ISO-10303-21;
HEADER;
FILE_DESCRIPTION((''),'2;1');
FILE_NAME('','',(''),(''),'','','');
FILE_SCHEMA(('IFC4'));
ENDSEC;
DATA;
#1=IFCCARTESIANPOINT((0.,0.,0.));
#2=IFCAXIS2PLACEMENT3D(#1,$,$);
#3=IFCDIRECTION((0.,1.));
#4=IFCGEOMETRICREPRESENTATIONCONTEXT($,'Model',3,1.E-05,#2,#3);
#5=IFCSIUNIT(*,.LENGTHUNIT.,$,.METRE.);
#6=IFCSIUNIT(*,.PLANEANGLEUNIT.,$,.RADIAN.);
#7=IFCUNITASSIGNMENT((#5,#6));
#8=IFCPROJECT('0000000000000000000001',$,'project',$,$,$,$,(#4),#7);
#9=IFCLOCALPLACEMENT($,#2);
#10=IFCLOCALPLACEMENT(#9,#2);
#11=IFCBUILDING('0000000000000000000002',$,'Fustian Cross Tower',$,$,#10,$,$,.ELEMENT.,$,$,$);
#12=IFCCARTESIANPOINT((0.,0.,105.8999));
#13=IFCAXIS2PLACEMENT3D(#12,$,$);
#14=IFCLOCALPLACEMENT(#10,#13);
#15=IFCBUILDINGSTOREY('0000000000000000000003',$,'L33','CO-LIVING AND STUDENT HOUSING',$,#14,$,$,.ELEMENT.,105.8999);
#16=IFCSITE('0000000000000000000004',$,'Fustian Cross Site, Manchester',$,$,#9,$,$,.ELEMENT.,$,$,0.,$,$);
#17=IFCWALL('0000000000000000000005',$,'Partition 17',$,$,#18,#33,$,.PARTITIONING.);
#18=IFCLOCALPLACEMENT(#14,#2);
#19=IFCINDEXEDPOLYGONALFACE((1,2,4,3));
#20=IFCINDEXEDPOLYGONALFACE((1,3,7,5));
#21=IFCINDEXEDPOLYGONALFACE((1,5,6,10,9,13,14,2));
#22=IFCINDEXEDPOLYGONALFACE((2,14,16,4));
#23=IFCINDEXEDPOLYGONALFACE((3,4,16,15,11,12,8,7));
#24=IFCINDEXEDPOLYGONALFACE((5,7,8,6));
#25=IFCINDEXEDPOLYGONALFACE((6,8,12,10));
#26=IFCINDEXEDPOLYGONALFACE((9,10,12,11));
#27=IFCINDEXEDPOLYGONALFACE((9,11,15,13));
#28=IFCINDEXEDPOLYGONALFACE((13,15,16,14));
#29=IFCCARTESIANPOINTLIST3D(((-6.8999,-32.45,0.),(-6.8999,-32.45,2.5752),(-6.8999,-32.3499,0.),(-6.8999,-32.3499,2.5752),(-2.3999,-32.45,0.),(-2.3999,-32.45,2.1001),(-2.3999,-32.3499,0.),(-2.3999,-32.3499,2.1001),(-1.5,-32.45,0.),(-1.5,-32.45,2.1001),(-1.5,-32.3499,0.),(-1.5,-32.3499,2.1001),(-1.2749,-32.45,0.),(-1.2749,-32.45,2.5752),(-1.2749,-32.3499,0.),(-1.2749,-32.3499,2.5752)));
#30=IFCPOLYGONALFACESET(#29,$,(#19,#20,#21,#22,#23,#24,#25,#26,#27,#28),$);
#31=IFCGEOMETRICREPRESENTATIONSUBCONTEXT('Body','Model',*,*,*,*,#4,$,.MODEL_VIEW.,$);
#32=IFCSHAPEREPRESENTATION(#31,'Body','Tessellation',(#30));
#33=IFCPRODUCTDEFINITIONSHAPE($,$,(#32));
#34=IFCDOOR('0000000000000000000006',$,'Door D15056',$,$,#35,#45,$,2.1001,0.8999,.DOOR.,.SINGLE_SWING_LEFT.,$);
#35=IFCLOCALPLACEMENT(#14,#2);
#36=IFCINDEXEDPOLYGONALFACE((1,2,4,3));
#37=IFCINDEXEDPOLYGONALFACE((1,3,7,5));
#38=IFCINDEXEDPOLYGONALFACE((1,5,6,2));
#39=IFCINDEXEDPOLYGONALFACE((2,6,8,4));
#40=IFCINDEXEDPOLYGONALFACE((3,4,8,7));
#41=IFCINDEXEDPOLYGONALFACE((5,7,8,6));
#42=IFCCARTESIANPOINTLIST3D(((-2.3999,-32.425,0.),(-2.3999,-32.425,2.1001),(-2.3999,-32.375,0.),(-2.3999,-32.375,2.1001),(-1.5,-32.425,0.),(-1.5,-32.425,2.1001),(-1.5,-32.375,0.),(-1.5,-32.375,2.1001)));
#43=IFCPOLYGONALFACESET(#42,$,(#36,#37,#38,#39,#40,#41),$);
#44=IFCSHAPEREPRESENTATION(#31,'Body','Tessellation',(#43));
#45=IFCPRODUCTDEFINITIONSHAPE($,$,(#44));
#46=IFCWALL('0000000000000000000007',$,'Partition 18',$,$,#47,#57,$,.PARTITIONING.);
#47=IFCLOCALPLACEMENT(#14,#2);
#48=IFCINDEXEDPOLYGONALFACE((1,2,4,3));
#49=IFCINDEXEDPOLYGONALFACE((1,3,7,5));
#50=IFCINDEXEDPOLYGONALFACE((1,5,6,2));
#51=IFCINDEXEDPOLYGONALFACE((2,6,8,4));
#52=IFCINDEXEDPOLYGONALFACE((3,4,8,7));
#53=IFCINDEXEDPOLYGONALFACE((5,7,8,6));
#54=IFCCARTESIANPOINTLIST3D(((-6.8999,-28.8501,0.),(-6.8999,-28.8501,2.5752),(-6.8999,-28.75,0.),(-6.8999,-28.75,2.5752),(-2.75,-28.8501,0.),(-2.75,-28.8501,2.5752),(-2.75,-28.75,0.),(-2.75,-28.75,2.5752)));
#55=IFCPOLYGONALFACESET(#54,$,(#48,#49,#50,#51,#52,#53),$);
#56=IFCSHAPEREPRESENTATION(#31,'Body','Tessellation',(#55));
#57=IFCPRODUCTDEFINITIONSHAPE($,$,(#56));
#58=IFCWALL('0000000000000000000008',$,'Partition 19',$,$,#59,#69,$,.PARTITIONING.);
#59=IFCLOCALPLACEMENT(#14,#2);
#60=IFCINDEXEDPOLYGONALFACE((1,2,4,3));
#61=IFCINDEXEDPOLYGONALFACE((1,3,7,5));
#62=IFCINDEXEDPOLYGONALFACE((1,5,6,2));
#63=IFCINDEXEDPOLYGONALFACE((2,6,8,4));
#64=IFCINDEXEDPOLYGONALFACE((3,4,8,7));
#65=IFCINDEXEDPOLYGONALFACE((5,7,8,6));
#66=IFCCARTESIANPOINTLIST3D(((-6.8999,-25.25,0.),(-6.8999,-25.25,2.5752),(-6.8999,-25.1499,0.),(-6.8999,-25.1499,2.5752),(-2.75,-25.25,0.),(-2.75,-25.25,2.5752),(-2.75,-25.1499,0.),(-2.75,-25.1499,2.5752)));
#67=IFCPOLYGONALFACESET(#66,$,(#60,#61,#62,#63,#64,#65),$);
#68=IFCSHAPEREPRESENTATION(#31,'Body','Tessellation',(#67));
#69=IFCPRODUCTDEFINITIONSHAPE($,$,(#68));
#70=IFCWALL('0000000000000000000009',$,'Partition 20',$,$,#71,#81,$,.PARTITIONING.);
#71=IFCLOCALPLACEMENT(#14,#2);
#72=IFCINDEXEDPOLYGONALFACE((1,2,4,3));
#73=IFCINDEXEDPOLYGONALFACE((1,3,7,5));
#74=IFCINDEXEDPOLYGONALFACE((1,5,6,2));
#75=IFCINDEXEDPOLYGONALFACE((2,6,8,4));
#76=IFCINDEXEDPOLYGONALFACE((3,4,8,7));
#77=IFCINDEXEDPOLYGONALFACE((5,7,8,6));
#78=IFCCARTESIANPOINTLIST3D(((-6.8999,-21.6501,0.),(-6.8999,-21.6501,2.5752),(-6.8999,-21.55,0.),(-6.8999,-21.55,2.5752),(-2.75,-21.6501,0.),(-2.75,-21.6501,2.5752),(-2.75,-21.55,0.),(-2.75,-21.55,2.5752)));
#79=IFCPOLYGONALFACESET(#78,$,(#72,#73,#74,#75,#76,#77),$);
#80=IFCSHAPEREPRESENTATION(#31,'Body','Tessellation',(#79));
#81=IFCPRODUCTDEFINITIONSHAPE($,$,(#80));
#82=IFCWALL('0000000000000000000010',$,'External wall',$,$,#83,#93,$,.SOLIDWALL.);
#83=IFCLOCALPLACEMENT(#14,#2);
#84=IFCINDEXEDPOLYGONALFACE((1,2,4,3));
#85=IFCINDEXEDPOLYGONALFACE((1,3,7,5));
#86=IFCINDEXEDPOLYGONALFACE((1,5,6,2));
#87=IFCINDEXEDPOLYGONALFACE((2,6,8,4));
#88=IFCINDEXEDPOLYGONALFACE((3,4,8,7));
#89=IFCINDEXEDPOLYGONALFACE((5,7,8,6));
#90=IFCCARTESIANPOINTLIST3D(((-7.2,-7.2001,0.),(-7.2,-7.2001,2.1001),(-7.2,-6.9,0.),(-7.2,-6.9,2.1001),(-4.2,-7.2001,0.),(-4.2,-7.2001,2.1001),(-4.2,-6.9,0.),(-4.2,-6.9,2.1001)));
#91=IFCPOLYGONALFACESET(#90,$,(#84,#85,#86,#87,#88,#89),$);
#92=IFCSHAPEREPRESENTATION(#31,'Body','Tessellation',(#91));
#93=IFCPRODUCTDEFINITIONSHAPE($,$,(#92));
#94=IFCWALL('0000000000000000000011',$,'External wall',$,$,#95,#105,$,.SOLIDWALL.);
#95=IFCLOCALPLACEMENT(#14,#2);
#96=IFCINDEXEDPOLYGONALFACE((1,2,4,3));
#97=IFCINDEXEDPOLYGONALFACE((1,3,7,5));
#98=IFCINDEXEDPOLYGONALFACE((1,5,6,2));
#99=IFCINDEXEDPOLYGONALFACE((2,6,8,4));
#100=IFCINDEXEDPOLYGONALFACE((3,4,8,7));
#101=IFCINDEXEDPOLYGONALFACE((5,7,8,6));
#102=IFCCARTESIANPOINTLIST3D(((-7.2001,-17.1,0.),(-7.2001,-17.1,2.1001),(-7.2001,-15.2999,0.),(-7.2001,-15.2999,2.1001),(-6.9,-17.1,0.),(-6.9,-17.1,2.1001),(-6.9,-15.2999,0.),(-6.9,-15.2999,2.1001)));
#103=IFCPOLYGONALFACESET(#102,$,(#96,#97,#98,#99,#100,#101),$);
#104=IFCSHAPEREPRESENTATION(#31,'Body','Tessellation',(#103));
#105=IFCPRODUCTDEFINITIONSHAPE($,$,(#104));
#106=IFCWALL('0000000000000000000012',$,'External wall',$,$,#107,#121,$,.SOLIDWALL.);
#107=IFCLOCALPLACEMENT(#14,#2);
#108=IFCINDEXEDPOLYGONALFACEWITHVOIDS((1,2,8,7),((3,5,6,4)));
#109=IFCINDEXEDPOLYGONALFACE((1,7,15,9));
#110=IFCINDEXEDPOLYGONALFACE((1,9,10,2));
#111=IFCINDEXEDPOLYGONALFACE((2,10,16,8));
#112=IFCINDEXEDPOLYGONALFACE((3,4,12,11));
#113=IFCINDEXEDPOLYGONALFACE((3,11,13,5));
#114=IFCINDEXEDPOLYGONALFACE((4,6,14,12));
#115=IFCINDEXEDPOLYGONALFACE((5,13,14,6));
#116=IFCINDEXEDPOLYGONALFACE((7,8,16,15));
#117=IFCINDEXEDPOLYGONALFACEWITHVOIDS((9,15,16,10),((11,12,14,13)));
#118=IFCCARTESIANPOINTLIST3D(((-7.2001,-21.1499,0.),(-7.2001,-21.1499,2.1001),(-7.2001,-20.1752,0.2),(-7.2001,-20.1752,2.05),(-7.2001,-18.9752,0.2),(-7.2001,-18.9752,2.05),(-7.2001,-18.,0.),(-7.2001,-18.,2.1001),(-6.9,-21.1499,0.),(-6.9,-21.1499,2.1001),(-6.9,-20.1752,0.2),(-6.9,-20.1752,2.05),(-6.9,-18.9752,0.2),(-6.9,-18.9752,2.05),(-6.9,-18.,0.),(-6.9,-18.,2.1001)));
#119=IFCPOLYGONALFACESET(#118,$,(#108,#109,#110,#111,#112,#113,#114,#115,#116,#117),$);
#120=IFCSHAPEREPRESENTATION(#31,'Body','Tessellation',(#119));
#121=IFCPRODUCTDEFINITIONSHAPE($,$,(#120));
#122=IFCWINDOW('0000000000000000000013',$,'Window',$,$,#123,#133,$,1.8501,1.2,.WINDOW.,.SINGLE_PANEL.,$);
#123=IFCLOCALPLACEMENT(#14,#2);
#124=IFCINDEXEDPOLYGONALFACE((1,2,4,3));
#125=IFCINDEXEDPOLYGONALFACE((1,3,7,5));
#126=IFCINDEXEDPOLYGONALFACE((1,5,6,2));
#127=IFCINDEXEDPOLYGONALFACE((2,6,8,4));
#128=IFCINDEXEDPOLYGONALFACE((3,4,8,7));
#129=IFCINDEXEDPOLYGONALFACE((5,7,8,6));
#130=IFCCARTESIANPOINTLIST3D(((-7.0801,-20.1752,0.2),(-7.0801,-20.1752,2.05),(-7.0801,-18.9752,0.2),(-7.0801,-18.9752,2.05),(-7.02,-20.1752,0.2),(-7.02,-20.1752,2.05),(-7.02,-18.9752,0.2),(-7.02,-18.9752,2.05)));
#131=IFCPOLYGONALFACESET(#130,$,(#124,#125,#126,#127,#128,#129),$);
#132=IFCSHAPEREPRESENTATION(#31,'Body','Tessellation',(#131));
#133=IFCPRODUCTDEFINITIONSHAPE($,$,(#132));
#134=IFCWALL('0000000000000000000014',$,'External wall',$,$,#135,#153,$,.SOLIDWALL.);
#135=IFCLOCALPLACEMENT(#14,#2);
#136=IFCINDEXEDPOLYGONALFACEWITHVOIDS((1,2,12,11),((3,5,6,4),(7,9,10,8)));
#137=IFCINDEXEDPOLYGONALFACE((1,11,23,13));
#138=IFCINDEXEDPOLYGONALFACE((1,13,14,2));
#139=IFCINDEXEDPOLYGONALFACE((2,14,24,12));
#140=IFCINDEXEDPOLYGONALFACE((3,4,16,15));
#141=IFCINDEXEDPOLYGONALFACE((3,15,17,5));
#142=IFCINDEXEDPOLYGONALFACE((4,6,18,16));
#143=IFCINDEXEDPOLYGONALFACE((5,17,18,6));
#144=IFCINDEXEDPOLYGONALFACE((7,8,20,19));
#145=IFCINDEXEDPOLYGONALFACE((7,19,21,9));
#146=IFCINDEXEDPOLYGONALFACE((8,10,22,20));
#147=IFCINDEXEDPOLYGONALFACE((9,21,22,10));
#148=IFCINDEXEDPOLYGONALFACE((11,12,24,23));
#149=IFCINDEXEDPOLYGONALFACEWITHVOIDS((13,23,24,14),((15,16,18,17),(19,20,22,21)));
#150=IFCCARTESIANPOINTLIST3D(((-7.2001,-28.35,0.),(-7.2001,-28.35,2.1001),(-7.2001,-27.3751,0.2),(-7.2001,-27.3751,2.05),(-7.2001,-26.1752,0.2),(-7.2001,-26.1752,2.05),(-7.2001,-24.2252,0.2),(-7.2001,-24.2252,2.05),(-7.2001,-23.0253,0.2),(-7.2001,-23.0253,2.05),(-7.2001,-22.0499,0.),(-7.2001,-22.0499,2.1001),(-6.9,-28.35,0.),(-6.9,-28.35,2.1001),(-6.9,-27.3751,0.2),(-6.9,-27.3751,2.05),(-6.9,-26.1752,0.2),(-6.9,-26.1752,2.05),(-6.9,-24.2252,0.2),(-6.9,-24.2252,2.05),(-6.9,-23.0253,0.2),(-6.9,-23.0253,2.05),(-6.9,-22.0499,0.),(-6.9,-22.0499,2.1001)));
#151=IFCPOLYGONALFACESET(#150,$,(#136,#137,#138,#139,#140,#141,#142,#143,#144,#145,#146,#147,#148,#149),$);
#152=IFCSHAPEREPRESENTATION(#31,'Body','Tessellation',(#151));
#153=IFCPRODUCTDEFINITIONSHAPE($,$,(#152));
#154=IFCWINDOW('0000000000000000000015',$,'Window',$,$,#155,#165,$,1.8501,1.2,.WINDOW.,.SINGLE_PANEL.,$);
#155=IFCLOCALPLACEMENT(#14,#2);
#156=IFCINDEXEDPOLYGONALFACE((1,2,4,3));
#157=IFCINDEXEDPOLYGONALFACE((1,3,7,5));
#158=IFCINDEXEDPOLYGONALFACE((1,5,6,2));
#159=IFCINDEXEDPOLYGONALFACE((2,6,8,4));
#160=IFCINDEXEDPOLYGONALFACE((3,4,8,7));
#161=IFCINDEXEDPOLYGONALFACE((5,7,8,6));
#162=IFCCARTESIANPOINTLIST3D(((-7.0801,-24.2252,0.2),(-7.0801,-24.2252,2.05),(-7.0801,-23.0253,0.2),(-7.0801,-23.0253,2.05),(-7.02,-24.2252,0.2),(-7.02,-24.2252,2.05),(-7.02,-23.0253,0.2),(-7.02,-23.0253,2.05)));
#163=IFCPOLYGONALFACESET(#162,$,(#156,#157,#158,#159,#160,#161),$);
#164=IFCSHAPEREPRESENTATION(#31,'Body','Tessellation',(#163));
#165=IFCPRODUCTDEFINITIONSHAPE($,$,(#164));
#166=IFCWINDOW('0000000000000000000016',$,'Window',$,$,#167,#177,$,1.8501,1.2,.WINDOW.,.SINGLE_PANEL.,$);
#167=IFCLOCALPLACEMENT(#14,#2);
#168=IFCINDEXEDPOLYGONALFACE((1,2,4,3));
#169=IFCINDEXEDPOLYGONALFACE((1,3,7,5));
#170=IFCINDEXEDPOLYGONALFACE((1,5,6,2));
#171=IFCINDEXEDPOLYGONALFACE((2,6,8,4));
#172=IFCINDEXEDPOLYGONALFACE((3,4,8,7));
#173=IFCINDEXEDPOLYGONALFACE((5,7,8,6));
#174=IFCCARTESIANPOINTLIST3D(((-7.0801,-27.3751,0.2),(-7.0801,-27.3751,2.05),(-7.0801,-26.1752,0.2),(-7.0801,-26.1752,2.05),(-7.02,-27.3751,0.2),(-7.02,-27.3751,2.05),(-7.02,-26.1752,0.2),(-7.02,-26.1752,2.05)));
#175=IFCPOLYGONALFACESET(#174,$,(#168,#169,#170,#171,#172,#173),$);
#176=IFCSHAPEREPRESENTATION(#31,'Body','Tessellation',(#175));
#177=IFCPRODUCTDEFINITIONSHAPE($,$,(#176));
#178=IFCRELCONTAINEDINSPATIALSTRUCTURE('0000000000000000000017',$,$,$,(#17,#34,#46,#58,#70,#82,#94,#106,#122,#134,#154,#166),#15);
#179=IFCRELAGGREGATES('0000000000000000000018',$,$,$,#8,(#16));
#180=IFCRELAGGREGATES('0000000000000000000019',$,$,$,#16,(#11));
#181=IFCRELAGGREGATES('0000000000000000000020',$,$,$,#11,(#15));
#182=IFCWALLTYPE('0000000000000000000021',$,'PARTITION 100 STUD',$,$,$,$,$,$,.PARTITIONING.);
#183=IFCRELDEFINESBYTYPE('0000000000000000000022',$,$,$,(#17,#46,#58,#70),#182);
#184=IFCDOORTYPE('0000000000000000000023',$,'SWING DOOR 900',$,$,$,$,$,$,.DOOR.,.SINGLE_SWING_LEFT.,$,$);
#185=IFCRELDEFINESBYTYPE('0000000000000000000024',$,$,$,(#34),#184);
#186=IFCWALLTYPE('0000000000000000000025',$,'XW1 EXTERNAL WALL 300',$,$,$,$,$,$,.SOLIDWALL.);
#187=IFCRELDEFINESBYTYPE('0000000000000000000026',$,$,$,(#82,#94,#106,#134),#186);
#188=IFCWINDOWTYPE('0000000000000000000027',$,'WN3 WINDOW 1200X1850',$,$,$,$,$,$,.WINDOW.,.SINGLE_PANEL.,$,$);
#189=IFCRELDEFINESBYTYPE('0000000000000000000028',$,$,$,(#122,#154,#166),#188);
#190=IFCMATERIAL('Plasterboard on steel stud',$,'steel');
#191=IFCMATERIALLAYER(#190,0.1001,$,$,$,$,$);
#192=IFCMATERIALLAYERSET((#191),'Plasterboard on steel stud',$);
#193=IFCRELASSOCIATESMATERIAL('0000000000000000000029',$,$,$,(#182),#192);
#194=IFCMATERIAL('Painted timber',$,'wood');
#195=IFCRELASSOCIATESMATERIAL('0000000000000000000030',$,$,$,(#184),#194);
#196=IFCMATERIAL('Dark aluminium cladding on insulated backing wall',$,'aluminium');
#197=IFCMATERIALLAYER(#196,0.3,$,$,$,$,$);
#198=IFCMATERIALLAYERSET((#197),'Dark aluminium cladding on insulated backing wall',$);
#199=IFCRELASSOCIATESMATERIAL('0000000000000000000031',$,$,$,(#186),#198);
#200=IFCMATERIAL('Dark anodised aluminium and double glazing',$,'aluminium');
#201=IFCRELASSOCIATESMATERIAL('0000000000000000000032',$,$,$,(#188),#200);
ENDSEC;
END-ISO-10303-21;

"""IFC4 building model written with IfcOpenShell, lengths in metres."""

from ifc_helpers import new_model, si_unit, direction, frame, frame_2d, origin, place, context, subcontext, project, spatial, rectangle, extrude, material, layer, layer_set, type_object, element, fill, save


model = new_model("IFC4")

# Units and contexts
model_context = context("Model", 3, precision=1e-05, world=origin(), true_north=direction((0.0, 1.0)))
body_context = subcontext(model_context, "Body", "Model", "MODEL_VIEW")
ifc_project = project(units=[si_unit("LENGTHUNIT", "METRE"), si_unit("PLANEANGLEUNIT", "RADIAN")], contexts=[model_context])

# Site, building, storey
site_placement = place(None, origin())
site = spatial("IfcSite", under=ifc_project, at=site_placement, Name="Fustian Cross Site, Manchester", CompositionType="ELEMENT", RefElevation=0.0)
building_placement = place(site_placement, origin())
building = spatial("IfcBuilding", under=site, at=building_placement, Name="Fustian Cross Tower", CompositionType="ELEMENT")
storey_placement = place(building_placement, frame((0.0, 0.0, 105.8999)))
storey = spatial("IfcBuildingStorey", under=building, at=storey_placement, Name="L33", Description="CO-LIVING AND STUDENT HOUSING", CompositionType="ELEMENT", Elevation=105.8999)

# Shared definitions
ifc_material_1 = material(Name="Plasterboard on steel stud", Category="steel")
ifc_layer_1 = layer(ifc_material_1, 0.1001)
ifc_layer_set_1 = layer_set([ifc_layer_1], Name="Plasterboard on steel stud")
wall_type_1 = type_object("IfcWallType", Name="PARTITION 100 STUD", PredefinedType="PARTITIONING", material=ifc_layer_set_1)

# Wall, opening, door
wall_1_placement = place(storey_placement, frame((-6.8999, -32.3999, 0.0), z_axis=(0.0, 0.0, 1.0), x_axis=(1.0, 0.0, 0.0)))
wall_1 = element("IfcWall", 1, at=wall_1_placement, inside=storey, type_object=wall_type_1, Name="Partition 17", PredefinedType="PARTITIONING", context=body_context, shape_type="SweptSolid", body=[
    extrude(rectangle(XDim=5.625, YDim=0.1001, at=frame_2d((2.8125, 0.0))), origin(), (0.0, 0.0, 1.0), 2.5752),
])
opening_1_placement = place(wall_1_placement, frame((4.5, 0.0, 0.0)))
opening_1 = element("IfcOpeningElement", 2, at=opening_1_placement, cuts=wall_1, PredefinedType="OPENING", context=body_context, shape_type="SweptSolid", body=[
    extrude(rectangle(XDim=0.8999, YDim=2.1001, at=frame_2d((0.45, 1.05))), frame((0.0, 0.0601, 0.0), z_axis=(0.0, -1.0, 0.0), x_axis=(1.0, 0.0, 0.0)), (0.0, 0.0, 1.0), 0.1201),
])
ifc_material_2 = material(Name="Painted timber", Category="wood")
door_type_1 = type_object("IfcDoorType", Name="SWING DOOR 900", OperationType="SINGLE_SWING_LEFT", PredefinedType="DOOR", material=ifc_material_2)
door_1_placement = place(opening_1_placement, origin())
door_1 = element("IfcDoor", 3, at=door_1_placement, inside=storey, type_object=door_type_1, Name="Door D15056", OperationType="SINGLE_SWING_LEFT", OverallHeight=2.1001, OverallWidth=0.8999, PredefinedType="DOOR", context=body_context, shape_type="SweptSolid", body=[
    extrude(rectangle(XDim=0.8999, YDim=2.1001, at=frame_2d((0.45, 1.05))), frame((0.0, 0.0249, 0.0), z_axis=(0.0, -1.0, 0.0), x_axis=(1.0, 0.0, 0.0)), (0.0, 0.0, 1.0), 0.05),
])
fill(opening_1, door_1)

# Walls
for number, where, z_axis, x_axis, name in (
    (4, (-6.8999, -28.8, 0.0), (0.0, 0.0, 1.0), (1.0, 0.0, 0.0), "Partition 18"),
    (5, (-6.8999, -25.2, 0.0), (0.0, 0.0, 1.0), (1.0, 0.0, 0.0), "Partition 19"),
    (6, (-6.8999, -21.6001, 0.0), (0.0, 0.0, 1.0), (1.0, 0.0, 0.0), "Partition 20"),
):
    element("IfcWall", number, at=place(storey_placement, frame(where, z_axis=z_axis, x_axis=x_axis)), inside=storey, type_object=wall_type_1, Name=name, PredefinedType="PARTITIONING", context=body_context, shape_type="SweptSolid", body=[
        extrude(rectangle(XDim=4.1499, YDim=0.1001, at=frame_2d((2.075, 0.0))), origin(), (0.0, 0.0, 1.0), 2.5752),
    ])
ifc_material_3 = material(Name="Dark aluminium cladding on insulated backing wall", Category="aluminium")
ifc_layer_2 = layer(ifc_material_3, 0.3)
ifc_layer_set_2 = layer_set([ifc_layer_2], Name="Dark aluminium cladding on insulated backing wall")
wall_type_2 = type_object("IfcWallType", Name="XW1 EXTERNAL WALL 300", PredefinedType="SOLIDWALL", material=ifc_layer_set_2)
wall_2_placement = place(storey_placement, frame((-7.2, -7.05, 0.0), z_axis=(0.0, 0.0, 1.0), x_axis=(1.0, 0.0, 0.0)))
element("IfcWall", 7, at=wall_2_placement, inside=storey, type_object=wall_type_2, Name="External wall", PredefinedType="SOLIDWALL", context=body_context, shape_type="SweptSolid", body=[
    extrude(rectangle(XDim=3.0, YDim=0.3, at=frame_2d((1.5, 0.0))), origin(), (0.0, 0.0, 1.0), 2.1001),
])
wall_3_placement = place(storey_placement, frame((-7.05, -15.3, 0.0), z_axis=(0.0, 0.0, 1.0), x_axis=(0.0, -1.0, 0.0)))
element("IfcWall", 8, at=wall_3_placement, inside=storey, type_object=wall_type_2, Name="External wall", PredefinedType="SOLIDWALL", context=body_context, shape_type="SweptSolid", body=[
    extrude(rectangle(XDim=1.8, YDim=0.3, at=frame_2d((0.8999, 0.0))), origin(), (0.0, 0.0, 1.0), 2.1001),
])

# Wall, opening, window
wall_4_placement = place(storey_placement, frame((-7.05, -18.0, 0.0), z_axis=(0.0, 0.0, 1.0), x_axis=(0.0, -1.0, 0.0)))
wall_4 = element("IfcWall", 9, at=wall_4_placement, inside=storey, type_object=wall_type_2, Name="External wall", PredefinedType="SOLIDWALL", context=body_context, shape_type="SweptSolid", body=[
    extrude(rectangle(XDim=3.1499, YDim=0.3, at=frame_2d((1.575, 0.0))), origin(), (0.0, 0.0, 1.0), 2.1001),
])
opening_2_placement = place(wall_4_placement, frame((0.9751, 0.0, 0.2)))
opening_2 = element("IfcOpeningElement", 10, at=opening_2_placement, cuts=wall_4, PredefinedType="OPENING", context=body_context, shape_type="SweptSolid", body=[
    extrude(rectangle(XDim=1.2, YDim=1.8501, at=frame_2d((0.6001, 0.925))), frame((0.0, 0.1599, 0.0), z_axis=(0.0, -1.0, 0.0), x_axis=(1.0, 0.0, 0.0)), (0.0, 0.0, 1.0), 0.3201),
])
ifc_material_4 = material(Name="Dark anodised aluminium and double glazing", Category="aluminium")
window_type_1 = type_object("IfcWindowType", Name="WN3 WINDOW 1200X1850", PartitioningType="SINGLE_PANEL", PredefinedType="WINDOW", material=ifc_material_4)
window_1_placement = place(opening_2_placement, origin())
window_1 = element("IfcWindow", 11, at=window_1_placement, inside=storey, type_object=window_type_1, Name="Window", OverallHeight=1.8501, OverallWidth=1.2, PartitioningType="SINGLE_PANEL", PredefinedType="WINDOW", context=body_context, shape_type="SweptSolid", body=[
    extrude(rectangle(XDim=1.2, YDim=1.8501, at=frame_2d((0.6001, 0.925))), frame((0.0, 0.03, 0.0), z_axis=(0.0, -1.0, 0.0), x_axis=(1.0, 0.0, 0.0)), (0.0, 0.0, 1.0), 0.0601),
])
fill(opening_2, window_1)

# Wall, openings, windows
wall_5_placement = place(storey_placement, frame((-7.05, -22.05, 0.0), z_axis=(0.0, 0.0, 1.0), x_axis=(0.0, -1.0, 0.0)))
wall_5 = element("IfcWall", 12, at=wall_5_placement, inside=storey, type_object=wall_type_2, Name="External wall", PredefinedType="SOLIDWALL", context=body_context, shape_type="SweptSolid", body=[
    extrude(rectangle(XDim=6.3, YDim=0.3, at=frame_2d((3.1499, 0.0))), origin(), (0.0, 0.0, 1.0), 2.1001),
])
opening_3_placement = place(wall_5_placement, frame((0.9751, 0.0, 0.2)))
opening_3 = element("IfcOpeningElement", 13, at=opening_3_placement, cuts=wall_5, PredefinedType="OPENING", context=body_context, shape_type="SweptSolid", body=[
    extrude(rectangle(XDim=1.2, YDim=1.8501, at=frame_2d((0.6001, 0.925))), frame((0.0, 0.1599, 0.0), z_axis=(0.0, -1.0, 0.0), x_axis=(1.0, 0.0, 0.0)), (0.0, 0.0, 1.0), 0.3201),
])
opening_4_placement = place(wall_5_placement, frame((4.125, 0.0, 0.2)))
opening_4 = element("IfcOpeningElement", 14, at=opening_4_placement, cuts=wall_5, PredefinedType="OPENING", context=body_context, shape_type="SweptSolid", body=[
    extrude(rectangle(XDim=1.2, YDim=1.8501, at=frame_2d((0.6001, 0.925))), frame((0.0, 0.1599, 0.0), z_axis=(0.0, -1.0, 0.0), x_axis=(1.0, 0.0, 0.0)), (0.0, 0.0, 1.0), 0.3201),
])
window_2_placement = place(opening_3_placement, origin())
window_2 = element("IfcWindow", 15, at=window_2_placement, inside=storey, type_object=window_type_1, Name="Window", OverallHeight=1.8501, OverallWidth=1.2, PartitioningType="SINGLE_PANEL", PredefinedType="WINDOW", context=body_context, shape_type="SweptSolid", body=[
    extrude(rectangle(XDim=1.2, YDim=1.8501, at=frame_2d((0.6001, 0.925))), frame((0.0, 0.03, 0.0), z_axis=(0.0, -1.0, 0.0), x_axis=(1.0, 0.0, 0.0)), (0.0, 0.0, 1.0), 0.0601),
])
fill(opening_3, window_2)
window_3_placement = place(opening_4_placement, origin())
window_3 = element("IfcWindow", 16, at=window_3_placement, inside=storey, type_object=window_type_1, Name="Window", OverallHeight=1.8501, OverallWidth=1.2, PartitioningType="SINGLE_PANEL", PredefinedType="WINDOW", context=body_context, shape_type="SweptSolid", body=[
    extrude(rectangle(XDim=1.2, YDim=1.8501, at=frame_2d((0.6001, 0.925))), frame((0.0, 0.03, 0.0), z_axis=(0.0, -1.0, 0.0), x_axis=(1.0, 0.0, 0.0)), (0.0, 0.0, 1.0), 0.0601),
])
fill(opening_4, window_3)

save(model, "model.ifc")
